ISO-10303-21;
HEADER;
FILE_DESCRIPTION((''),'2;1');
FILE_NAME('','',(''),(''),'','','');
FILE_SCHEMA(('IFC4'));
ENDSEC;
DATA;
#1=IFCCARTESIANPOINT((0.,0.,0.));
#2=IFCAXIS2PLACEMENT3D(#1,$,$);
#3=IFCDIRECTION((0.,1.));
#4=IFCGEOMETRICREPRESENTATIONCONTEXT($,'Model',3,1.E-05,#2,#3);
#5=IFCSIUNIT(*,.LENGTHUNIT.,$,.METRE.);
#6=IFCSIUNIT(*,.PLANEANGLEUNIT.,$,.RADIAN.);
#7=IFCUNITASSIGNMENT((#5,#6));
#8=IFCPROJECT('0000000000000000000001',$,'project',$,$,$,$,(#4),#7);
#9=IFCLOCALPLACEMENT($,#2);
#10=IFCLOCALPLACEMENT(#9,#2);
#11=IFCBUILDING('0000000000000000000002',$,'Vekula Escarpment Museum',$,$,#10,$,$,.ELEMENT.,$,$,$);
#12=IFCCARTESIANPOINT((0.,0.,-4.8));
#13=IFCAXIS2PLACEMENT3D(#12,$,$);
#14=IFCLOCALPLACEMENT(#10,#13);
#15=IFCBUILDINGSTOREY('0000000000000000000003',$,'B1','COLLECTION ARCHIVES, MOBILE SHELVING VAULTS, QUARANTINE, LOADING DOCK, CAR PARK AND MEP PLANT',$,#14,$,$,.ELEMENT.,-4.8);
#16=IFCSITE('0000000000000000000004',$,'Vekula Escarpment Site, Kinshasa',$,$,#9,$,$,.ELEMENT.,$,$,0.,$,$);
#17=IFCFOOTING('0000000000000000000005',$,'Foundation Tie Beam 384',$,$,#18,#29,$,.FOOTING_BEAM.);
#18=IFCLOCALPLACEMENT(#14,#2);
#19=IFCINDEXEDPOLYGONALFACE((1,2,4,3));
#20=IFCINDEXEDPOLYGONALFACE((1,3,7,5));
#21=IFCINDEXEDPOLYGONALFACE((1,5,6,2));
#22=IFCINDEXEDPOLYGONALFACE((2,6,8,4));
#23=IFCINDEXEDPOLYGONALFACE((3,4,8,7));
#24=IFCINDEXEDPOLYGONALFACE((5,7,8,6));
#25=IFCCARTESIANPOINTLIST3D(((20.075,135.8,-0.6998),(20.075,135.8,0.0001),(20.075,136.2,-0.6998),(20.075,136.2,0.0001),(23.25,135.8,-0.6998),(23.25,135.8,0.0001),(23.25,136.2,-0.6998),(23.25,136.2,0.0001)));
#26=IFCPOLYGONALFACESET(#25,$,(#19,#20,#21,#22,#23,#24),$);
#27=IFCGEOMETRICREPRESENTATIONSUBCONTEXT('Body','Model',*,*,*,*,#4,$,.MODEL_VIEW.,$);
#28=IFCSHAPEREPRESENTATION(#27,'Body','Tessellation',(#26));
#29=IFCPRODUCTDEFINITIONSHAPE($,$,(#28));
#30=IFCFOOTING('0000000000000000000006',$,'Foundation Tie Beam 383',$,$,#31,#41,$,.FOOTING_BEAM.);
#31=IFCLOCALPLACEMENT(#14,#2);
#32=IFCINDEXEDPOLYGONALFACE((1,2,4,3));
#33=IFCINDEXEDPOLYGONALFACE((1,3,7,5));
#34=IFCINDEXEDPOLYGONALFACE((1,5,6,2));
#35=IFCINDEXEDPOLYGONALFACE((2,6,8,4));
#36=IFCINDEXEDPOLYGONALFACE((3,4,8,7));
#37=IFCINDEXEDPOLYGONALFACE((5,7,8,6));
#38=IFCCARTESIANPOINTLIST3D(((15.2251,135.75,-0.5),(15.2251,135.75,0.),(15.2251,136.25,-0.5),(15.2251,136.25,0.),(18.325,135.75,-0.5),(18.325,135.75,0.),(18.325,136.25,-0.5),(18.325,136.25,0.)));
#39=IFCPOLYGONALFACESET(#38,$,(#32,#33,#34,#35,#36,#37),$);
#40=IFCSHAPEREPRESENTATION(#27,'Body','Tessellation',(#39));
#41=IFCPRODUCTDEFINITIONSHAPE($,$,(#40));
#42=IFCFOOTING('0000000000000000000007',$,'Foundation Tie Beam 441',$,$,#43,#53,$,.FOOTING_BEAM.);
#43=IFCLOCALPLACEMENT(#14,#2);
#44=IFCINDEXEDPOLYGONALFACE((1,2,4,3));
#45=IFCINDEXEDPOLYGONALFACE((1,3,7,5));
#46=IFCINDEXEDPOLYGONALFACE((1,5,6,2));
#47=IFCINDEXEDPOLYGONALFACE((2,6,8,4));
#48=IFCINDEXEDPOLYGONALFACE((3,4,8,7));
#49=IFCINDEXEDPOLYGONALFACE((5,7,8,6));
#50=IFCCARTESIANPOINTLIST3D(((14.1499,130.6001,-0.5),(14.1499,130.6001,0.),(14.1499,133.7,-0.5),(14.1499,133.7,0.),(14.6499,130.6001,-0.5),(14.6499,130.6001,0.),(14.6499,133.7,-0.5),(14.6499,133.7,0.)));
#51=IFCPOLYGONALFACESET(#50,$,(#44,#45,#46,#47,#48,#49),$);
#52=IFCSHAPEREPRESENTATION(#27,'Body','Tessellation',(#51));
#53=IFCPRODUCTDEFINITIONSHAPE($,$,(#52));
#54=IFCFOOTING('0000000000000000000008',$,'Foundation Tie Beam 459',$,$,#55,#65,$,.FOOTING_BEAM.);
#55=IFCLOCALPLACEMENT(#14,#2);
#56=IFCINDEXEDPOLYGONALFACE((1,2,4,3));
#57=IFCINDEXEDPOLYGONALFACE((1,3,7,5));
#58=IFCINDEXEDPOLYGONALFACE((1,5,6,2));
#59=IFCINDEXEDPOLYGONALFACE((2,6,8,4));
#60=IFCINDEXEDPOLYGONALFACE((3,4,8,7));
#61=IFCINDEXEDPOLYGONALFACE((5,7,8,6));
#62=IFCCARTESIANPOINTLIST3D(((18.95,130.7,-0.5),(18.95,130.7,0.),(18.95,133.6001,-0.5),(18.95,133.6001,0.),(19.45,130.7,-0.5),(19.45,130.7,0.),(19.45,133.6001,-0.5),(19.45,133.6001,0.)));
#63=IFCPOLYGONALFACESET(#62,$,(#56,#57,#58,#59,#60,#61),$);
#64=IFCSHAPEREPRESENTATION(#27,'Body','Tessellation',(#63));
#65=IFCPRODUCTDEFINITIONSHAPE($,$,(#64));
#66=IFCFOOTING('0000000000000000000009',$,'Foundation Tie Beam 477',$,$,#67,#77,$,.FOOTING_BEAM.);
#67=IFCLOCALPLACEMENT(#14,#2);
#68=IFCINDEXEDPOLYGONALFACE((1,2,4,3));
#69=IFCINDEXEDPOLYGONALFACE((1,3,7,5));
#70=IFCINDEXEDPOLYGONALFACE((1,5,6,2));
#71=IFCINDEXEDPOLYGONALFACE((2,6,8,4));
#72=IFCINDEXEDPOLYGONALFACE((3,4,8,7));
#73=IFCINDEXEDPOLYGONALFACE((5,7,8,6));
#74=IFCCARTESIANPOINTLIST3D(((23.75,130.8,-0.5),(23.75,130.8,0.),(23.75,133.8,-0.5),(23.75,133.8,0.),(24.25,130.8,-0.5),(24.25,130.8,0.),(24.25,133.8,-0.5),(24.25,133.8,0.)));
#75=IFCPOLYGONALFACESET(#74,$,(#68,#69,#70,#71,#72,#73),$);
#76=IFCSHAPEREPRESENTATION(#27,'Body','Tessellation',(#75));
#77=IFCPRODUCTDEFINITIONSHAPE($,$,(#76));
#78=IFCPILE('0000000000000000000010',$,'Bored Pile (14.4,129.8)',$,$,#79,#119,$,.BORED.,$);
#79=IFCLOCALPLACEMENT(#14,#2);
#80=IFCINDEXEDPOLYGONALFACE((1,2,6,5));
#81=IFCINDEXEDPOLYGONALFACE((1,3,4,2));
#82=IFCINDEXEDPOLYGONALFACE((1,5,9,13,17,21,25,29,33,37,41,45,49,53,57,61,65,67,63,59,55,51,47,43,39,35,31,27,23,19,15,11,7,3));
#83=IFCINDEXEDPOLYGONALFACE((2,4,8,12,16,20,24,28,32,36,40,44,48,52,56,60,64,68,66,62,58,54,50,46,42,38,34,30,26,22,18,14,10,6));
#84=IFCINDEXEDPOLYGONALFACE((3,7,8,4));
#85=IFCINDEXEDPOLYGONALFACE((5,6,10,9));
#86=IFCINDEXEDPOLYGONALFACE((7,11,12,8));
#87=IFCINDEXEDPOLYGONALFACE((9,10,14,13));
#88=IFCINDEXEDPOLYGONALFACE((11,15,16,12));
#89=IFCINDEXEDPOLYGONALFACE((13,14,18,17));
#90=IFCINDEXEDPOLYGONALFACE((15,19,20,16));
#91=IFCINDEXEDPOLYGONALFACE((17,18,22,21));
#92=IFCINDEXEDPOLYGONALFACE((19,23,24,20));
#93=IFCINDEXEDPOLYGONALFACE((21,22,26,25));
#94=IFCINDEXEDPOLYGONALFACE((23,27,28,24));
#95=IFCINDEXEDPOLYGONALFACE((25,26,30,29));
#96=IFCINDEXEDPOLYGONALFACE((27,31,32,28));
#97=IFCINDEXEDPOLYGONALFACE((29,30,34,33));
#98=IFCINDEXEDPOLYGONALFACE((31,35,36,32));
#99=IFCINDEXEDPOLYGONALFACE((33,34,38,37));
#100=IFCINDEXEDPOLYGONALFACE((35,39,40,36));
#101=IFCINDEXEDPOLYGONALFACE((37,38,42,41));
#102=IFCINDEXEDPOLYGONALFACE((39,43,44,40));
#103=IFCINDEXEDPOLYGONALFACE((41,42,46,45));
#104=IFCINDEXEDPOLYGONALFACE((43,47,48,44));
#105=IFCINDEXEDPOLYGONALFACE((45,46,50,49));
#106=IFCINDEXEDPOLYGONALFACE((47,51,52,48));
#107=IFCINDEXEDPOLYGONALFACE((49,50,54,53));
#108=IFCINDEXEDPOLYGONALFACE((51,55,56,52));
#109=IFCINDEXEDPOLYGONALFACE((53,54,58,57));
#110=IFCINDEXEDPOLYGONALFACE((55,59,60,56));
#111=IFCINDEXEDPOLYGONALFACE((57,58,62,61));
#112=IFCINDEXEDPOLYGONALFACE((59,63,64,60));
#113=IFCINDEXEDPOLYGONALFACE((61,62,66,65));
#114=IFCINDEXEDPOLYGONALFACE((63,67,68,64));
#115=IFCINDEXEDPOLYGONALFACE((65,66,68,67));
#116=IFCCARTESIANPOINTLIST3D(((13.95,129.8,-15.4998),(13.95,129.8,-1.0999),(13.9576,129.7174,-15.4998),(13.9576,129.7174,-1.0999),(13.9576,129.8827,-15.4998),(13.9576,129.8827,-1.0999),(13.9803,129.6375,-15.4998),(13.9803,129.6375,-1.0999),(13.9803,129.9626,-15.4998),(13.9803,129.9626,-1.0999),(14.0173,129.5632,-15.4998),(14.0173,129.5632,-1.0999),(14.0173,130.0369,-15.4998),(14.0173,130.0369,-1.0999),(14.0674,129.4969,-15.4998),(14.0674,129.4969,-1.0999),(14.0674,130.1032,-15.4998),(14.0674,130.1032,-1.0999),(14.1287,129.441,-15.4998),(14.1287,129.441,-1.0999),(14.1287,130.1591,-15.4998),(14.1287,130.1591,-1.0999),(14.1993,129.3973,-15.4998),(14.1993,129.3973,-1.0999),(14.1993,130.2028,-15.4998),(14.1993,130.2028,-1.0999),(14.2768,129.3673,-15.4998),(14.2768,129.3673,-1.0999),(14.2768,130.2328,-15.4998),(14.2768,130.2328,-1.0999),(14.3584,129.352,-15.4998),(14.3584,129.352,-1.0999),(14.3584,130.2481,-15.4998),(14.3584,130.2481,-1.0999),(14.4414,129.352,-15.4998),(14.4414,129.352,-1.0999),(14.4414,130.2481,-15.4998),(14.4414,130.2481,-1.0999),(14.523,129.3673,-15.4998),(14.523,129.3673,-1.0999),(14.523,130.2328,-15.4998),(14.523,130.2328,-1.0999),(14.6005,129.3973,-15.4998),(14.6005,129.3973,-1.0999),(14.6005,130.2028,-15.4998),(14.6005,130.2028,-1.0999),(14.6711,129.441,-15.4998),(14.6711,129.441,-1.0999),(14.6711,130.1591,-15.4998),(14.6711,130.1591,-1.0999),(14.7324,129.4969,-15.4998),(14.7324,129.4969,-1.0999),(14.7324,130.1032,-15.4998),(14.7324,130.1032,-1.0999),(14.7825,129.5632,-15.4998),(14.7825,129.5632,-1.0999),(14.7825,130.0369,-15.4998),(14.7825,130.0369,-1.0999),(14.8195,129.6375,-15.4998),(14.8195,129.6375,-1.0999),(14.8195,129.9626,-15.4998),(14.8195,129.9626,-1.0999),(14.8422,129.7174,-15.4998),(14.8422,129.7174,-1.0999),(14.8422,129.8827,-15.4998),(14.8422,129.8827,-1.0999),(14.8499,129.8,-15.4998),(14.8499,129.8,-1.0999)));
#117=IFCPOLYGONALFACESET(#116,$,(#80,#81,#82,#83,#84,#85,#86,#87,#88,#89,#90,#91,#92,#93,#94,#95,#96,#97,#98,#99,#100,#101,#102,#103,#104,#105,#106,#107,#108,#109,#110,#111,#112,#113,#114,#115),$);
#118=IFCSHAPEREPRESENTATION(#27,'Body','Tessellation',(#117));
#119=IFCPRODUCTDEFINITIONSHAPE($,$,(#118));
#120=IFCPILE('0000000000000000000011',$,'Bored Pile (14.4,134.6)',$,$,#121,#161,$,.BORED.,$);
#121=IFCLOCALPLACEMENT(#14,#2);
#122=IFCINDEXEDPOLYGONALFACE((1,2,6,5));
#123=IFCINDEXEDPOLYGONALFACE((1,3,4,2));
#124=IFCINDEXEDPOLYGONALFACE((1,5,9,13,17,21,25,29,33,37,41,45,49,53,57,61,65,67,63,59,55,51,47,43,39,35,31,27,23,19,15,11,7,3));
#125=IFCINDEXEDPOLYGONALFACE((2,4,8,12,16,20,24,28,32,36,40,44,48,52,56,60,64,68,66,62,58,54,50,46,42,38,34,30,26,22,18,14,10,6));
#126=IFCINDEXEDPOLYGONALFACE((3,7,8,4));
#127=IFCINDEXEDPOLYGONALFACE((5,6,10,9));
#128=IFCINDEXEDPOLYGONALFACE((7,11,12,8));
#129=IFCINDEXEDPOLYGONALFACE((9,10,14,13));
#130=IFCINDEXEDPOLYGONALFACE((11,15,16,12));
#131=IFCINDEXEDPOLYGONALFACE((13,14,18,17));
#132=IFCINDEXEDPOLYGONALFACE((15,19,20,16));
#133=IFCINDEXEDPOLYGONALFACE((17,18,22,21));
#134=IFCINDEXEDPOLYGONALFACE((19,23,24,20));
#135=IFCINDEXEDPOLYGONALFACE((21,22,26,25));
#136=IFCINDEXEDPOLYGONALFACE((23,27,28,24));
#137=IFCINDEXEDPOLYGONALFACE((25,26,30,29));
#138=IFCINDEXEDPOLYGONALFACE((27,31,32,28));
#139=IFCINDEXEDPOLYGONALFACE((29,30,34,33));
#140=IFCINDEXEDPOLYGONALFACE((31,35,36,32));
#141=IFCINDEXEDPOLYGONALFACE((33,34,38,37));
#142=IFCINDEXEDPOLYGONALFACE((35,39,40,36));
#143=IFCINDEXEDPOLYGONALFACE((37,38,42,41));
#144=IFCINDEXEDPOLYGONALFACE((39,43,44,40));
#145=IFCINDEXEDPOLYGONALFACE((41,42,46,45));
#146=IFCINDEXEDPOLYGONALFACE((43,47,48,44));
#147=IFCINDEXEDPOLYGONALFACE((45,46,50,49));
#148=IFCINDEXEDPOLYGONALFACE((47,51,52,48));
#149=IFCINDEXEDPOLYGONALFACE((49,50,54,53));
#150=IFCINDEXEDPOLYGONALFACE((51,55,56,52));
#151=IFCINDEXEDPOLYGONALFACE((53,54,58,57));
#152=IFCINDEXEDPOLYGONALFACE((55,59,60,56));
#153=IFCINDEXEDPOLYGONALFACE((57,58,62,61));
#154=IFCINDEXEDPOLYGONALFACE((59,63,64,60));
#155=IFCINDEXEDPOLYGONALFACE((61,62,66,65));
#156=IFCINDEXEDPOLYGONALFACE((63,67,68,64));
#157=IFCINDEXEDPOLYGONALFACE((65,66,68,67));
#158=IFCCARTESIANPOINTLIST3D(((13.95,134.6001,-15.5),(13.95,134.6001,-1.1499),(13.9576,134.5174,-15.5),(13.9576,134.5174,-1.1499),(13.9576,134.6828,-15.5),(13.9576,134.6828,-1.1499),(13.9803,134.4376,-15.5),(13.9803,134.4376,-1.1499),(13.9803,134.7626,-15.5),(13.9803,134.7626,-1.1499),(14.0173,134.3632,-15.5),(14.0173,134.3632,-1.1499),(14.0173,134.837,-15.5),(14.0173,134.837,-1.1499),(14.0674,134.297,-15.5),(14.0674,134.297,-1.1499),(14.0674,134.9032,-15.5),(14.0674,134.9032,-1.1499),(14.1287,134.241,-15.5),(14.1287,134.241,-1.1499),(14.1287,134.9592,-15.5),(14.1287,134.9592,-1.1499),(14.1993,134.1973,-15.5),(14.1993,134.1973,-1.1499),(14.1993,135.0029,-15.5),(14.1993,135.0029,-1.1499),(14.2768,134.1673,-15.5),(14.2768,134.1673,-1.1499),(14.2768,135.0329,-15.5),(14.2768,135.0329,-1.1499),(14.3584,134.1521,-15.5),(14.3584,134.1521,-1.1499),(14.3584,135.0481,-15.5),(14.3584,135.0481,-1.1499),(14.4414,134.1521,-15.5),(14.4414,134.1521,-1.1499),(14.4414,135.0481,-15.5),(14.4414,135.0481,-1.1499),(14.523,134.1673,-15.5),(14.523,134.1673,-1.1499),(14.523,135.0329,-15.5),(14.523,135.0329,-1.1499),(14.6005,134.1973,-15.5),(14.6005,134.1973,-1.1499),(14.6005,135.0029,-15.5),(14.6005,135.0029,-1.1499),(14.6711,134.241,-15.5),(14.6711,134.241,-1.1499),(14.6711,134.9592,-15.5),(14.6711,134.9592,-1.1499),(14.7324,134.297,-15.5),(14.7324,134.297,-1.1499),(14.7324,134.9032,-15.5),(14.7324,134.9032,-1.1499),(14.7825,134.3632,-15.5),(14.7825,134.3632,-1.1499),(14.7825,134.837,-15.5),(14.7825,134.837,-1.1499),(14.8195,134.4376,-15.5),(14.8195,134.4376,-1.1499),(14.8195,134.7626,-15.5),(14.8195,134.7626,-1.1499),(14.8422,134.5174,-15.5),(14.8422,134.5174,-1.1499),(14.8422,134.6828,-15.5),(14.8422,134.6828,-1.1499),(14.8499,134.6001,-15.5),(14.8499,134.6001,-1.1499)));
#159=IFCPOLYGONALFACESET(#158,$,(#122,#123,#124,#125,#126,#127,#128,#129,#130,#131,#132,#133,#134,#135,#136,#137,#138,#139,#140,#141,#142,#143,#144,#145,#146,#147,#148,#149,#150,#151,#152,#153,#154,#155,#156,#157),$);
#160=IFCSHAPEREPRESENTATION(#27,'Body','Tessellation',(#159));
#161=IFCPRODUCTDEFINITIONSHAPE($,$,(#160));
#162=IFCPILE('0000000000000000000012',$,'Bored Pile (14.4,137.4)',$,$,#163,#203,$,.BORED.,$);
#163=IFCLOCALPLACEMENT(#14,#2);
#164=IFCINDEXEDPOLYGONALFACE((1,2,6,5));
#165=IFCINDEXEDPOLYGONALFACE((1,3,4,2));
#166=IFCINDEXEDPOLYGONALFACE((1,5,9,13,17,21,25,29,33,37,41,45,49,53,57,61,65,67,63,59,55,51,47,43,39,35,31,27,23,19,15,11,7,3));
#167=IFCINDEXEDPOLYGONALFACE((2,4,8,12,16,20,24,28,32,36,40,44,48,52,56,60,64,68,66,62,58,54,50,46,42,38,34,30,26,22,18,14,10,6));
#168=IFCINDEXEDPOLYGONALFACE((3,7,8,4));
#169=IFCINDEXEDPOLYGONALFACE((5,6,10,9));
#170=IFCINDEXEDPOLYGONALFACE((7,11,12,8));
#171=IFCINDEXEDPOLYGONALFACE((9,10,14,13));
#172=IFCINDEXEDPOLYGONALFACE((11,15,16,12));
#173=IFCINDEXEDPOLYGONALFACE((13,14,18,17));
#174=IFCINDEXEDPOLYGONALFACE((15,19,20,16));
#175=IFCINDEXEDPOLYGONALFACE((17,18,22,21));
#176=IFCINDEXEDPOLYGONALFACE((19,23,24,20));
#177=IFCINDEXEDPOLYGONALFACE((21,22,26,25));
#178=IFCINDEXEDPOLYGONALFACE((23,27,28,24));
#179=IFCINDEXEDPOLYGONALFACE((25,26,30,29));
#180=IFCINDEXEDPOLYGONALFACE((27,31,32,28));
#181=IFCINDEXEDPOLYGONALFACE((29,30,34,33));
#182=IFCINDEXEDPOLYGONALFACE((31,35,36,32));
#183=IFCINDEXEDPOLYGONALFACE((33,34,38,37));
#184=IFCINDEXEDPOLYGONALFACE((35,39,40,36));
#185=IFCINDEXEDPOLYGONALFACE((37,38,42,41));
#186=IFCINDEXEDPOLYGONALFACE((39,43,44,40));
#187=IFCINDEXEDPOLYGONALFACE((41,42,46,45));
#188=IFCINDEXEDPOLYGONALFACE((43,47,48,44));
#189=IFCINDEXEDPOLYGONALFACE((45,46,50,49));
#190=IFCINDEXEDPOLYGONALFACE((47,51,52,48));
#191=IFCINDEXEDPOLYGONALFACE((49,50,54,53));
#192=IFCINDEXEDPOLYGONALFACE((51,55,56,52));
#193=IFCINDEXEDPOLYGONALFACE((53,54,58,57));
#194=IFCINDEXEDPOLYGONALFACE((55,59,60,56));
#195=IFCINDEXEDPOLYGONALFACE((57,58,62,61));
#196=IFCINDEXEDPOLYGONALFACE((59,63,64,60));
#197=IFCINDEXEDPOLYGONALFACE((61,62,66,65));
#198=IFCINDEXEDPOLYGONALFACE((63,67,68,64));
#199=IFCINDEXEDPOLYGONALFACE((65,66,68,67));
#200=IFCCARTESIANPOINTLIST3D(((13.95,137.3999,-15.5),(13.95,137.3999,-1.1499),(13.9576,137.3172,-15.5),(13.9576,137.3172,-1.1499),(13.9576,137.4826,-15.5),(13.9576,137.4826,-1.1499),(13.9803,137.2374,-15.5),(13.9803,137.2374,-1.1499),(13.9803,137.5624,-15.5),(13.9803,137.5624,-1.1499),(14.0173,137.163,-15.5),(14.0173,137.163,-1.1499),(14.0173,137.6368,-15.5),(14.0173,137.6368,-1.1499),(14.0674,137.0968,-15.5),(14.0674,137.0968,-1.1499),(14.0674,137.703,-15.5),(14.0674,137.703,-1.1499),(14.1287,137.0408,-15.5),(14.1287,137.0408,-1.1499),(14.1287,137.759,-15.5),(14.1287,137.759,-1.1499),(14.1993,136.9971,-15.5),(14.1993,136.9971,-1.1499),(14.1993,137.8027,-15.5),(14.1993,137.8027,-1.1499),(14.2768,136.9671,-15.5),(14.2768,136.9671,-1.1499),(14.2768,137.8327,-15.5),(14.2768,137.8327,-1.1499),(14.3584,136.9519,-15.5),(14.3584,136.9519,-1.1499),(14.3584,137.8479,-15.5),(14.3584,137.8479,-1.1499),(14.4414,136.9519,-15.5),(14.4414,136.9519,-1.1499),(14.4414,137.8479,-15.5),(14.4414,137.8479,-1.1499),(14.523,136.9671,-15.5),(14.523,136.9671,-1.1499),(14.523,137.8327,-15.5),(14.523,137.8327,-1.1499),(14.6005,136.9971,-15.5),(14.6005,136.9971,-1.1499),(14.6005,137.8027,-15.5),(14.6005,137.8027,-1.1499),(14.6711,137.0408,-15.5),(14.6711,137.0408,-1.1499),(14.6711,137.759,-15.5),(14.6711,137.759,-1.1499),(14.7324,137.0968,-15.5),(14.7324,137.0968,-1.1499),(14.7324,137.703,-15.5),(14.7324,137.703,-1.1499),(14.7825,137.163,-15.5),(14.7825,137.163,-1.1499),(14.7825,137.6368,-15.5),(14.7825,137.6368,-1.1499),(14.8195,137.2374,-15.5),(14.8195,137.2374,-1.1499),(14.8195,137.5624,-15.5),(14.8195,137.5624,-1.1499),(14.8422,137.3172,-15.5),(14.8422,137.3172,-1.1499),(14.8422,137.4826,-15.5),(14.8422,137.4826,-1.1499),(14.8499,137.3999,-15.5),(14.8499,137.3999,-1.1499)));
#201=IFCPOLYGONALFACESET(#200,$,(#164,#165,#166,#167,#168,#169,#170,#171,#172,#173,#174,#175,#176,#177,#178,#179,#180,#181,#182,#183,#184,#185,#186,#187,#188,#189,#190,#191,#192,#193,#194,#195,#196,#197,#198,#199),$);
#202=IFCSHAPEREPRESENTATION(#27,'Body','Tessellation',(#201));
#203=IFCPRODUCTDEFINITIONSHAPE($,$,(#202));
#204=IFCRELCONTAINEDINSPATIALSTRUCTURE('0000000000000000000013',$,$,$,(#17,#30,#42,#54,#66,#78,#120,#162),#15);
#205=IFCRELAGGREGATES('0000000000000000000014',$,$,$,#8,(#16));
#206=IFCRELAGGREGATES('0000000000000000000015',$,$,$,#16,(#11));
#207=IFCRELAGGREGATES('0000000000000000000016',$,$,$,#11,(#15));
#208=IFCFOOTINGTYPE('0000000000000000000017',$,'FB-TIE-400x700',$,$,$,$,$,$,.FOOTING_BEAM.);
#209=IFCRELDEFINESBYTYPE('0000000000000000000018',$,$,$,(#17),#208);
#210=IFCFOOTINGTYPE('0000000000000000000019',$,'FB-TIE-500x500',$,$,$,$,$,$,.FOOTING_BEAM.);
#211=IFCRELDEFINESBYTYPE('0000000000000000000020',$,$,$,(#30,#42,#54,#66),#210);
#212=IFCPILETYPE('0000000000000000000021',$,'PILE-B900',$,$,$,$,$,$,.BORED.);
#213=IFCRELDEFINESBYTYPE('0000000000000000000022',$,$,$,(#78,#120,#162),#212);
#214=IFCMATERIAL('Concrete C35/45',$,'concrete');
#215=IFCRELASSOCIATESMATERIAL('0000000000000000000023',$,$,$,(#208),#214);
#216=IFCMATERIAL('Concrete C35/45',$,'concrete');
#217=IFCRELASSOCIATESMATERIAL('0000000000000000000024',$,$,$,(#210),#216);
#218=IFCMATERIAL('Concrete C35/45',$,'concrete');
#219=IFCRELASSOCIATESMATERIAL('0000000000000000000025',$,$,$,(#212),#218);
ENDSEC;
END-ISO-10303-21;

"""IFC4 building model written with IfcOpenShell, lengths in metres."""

from ifc_helpers import new_model, si_unit, direction, frame, origin, origin_2d, place, context, subcontext, project, spatial, rectangle, circle, extrude, material, material_profile, profile_set, type_object, element, save


model = new_model("IFC4")

# Units and contexts
model_context = context("Model", 3, precision=1e-05, world=origin(), true_north=direction((0.0, 1.0)))
body_context = subcontext(model_context, "Body", "Model", "MODEL_VIEW")
ifc_project = project(units=[si_unit("LENGTHUNIT", "METRE"), si_unit("PLANEANGLEUNIT", "RADIAN")], contexts=[model_context])

# Site, building, storey
site_placement = place(None, origin())
site = spatial("IfcSite", under=ifc_project, at=site_placement, Name="Vekula Escarpment Site, Kinshasa", CompositionType="ELEMENT", RefElevation=0.0)
building_placement = place(site_placement, origin())
building = spatial("IfcBuilding", under=site, at=building_placement, Name="Vekula Escarpment Museum", CompositionType="ELEMENT")
storey_placement = place(building_placement, frame((0.0, 0.0, -4.8)))
storey = spatial("IfcBuildingStorey", under=building, at=storey_placement, Name="B1", Description="COLLECTION ARCHIVES, MOBILE SHELVING VAULTS, QUARANTINE, LOADING DOCK, CAR PARK AND MEP PLANT", CompositionType="ELEMENT", Elevation=-4.8)

# Footings
ifc_material_1 = material(Name="Concrete C35/45", Category="concrete")
ifc_material_profile_1 = material_profile(ifc_material_1, rectangle(XDim=0.3999, YDim=0.7, at=origin_2d()), Name="RC 400x700")
ifc_profile_set_1 = profile_set([ifc_material_profile_1], Name="Concrete C35/45")
footing_type_1 = type_object("IfcFootingType", Name="FB-TIE-400x700", PredefinedType="FOOTING_BEAM", material=ifc_profile_set_1)
footing_1_placement = place(storey_placement, frame((20.075, 136.0, -0.3499), z_axis=(1.0, 0.0, 0.0), x_axis=(0.0, 1.0, 0.0)))
element("IfcFooting", 1, at=footing_1_placement, inside=storey, type_object=footing_type_1, Name="Foundation Tie Beam 384", PredefinedType="FOOTING_BEAM", context=body_context, shape_type="SweptSolid", body=[
    extrude(rectangle(XDim=0.3999, YDim=0.7, at=origin_2d()), origin(), (0.0, 0.0, 1.0), 3.175),
])
ifc_material_2 = material(Name="Concrete C35/45", Category="concrete")
ifc_material_profile_2 = material_profile(ifc_material_2, rectangle(XDim=0.5, YDim=0.5, at=origin_2d()), Name="RC 500x500")
ifc_profile_set_2 = profile_set([ifc_material_profile_2], Name="Concrete C35/45")
footing_type_2 = type_object("IfcFootingType", Name="FB-TIE-500x500", PredefinedType="FOOTING_BEAM", material=ifc_profile_set_2)
for number, where, z_axis, x_axis, name in (
    (2, (15.2251, 136.0, -0.25), (1.0, 0.0, 0.0), (0.0, 1.0, 0.0), "Foundation Tie Beam 383"),
    (3, (14.3999, 130.6001, -0.25), (0.0, 1.0, 0.0), (-1.0, 0.0, 0.0), "Foundation Tie Beam 441"),
):
    element("IfcFooting", number, at=place(storey_placement, frame(where, z_axis=z_axis, x_axis=x_axis)), inside=storey, type_object=footing_type_2, Name=name, PredefinedType="FOOTING_BEAM", context=body_context, shape_type="SweptSolid", body=[
        extrude(rectangle(XDim=0.5, YDim=0.5, at=origin_2d()), origin(), (0.0, 0.0, 1.0), 3.0999),
    ])
footing_2_placement = place(storey_placement, frame((19.2, 130.7, -0.25), z_axis=(0.0, 1.0, 0.0), x_axis=(-1.0, 0.0, 0.0)))
element("IfcFooting", 4, at=footing_2_placement, inside=storey, type_object=footing_type_2, Name="Foundation Tie Beam 459", PredefinedType="FOOTING_BEAM", context=body_context, shape_type="SweptSolid", body=[
    extrude(rectangle(XDim=0.5, YDim=0.5, at=origin_2d()), origin(), (0.0, 0.0, 1.0), 2.9001),
])
footing_3_placement = place(storey_placement, frame((24.0, 130.8, -0.25), z_axis=(0.0, 1.0, 0.0), x_axis=(-1.0, 0.0, 0.0)))
element("IfcFooting", 5, at=footing_3_placement, inside=storey, type_object=footing_type_2, Name="Foundation Tie Beam 477", PredefinedType="FOOTING_BEAM", context=body_context, shape_type="SweptSolid", body=[
    extrude(rectangle(XDim=0.5, YDim=0.5, at=origin_2d()), origin(), (0.0, 0.0, 1.0), 3.0),
])

# Piles
ifc_material_3 = material(Name="Concrete C35/45", Category="concrete")
ifc_material_profile_3 = material_profile(ifc_material_3, circle(Radius=0.45, at=origin_2d()), Name="BORED PILE 900")
ifc_profile_set_3 = profile_set([ifc_material_profile_3], Name="Concrete C35/45")
pile_type = type_object("IfcPileType", Name="PILE-B900", PredefinedType="BORED", material=ifc_profile_set_3)
pile_1_placement = place(storey_placement, frame((14.3999, 129.8, -1.0999), z_axis=(0.0, 0.0, -1.0), x_axis=(1.0, 0.0, 0.0)))
element("IfcPile", 6, at=pile_1_placement, inside=storey, type_object=pile_type, Name="Bored Pile (14.4,129.8)", PredefinedType="BORED", context=body_context, shape_type="SweptSolid", body=[
    extrude(circle(Radius=0.45, at=origin_2d()), origin(), (0.0, 0.0, 1.0), 14.3999),
])
for number, where, z_axis, x_axis, name in (
    (7, (14.3999, 134.6001, -1.1499), (0.0, 0.0, -1.0), (1.0, 0.0, 0.0), "Bored Pile (14.4,134.6)"),
    (8, (14.3999, 137.3999, -1.1499), (0.0, 0.0, -1.0), (1.0, 0.0, 0.0), "Bored Pile (14.4,137.4)"),
):
    element("IfcPile", number, at=place(storey_placement, frame(where, z_axis=z_axis, x_axis=x_axis)), inside=storey, type_object=pile_type, Name=name, PredefinedType="BORED", context=body_context, shape_type="SweptSolid", body=[
        extrude(circle(Radius=0.45, at=origin_2d()), origin(), (0.0, 0.0, 1.0), 14.3501),
    ])

save(model, "model.ifc")
